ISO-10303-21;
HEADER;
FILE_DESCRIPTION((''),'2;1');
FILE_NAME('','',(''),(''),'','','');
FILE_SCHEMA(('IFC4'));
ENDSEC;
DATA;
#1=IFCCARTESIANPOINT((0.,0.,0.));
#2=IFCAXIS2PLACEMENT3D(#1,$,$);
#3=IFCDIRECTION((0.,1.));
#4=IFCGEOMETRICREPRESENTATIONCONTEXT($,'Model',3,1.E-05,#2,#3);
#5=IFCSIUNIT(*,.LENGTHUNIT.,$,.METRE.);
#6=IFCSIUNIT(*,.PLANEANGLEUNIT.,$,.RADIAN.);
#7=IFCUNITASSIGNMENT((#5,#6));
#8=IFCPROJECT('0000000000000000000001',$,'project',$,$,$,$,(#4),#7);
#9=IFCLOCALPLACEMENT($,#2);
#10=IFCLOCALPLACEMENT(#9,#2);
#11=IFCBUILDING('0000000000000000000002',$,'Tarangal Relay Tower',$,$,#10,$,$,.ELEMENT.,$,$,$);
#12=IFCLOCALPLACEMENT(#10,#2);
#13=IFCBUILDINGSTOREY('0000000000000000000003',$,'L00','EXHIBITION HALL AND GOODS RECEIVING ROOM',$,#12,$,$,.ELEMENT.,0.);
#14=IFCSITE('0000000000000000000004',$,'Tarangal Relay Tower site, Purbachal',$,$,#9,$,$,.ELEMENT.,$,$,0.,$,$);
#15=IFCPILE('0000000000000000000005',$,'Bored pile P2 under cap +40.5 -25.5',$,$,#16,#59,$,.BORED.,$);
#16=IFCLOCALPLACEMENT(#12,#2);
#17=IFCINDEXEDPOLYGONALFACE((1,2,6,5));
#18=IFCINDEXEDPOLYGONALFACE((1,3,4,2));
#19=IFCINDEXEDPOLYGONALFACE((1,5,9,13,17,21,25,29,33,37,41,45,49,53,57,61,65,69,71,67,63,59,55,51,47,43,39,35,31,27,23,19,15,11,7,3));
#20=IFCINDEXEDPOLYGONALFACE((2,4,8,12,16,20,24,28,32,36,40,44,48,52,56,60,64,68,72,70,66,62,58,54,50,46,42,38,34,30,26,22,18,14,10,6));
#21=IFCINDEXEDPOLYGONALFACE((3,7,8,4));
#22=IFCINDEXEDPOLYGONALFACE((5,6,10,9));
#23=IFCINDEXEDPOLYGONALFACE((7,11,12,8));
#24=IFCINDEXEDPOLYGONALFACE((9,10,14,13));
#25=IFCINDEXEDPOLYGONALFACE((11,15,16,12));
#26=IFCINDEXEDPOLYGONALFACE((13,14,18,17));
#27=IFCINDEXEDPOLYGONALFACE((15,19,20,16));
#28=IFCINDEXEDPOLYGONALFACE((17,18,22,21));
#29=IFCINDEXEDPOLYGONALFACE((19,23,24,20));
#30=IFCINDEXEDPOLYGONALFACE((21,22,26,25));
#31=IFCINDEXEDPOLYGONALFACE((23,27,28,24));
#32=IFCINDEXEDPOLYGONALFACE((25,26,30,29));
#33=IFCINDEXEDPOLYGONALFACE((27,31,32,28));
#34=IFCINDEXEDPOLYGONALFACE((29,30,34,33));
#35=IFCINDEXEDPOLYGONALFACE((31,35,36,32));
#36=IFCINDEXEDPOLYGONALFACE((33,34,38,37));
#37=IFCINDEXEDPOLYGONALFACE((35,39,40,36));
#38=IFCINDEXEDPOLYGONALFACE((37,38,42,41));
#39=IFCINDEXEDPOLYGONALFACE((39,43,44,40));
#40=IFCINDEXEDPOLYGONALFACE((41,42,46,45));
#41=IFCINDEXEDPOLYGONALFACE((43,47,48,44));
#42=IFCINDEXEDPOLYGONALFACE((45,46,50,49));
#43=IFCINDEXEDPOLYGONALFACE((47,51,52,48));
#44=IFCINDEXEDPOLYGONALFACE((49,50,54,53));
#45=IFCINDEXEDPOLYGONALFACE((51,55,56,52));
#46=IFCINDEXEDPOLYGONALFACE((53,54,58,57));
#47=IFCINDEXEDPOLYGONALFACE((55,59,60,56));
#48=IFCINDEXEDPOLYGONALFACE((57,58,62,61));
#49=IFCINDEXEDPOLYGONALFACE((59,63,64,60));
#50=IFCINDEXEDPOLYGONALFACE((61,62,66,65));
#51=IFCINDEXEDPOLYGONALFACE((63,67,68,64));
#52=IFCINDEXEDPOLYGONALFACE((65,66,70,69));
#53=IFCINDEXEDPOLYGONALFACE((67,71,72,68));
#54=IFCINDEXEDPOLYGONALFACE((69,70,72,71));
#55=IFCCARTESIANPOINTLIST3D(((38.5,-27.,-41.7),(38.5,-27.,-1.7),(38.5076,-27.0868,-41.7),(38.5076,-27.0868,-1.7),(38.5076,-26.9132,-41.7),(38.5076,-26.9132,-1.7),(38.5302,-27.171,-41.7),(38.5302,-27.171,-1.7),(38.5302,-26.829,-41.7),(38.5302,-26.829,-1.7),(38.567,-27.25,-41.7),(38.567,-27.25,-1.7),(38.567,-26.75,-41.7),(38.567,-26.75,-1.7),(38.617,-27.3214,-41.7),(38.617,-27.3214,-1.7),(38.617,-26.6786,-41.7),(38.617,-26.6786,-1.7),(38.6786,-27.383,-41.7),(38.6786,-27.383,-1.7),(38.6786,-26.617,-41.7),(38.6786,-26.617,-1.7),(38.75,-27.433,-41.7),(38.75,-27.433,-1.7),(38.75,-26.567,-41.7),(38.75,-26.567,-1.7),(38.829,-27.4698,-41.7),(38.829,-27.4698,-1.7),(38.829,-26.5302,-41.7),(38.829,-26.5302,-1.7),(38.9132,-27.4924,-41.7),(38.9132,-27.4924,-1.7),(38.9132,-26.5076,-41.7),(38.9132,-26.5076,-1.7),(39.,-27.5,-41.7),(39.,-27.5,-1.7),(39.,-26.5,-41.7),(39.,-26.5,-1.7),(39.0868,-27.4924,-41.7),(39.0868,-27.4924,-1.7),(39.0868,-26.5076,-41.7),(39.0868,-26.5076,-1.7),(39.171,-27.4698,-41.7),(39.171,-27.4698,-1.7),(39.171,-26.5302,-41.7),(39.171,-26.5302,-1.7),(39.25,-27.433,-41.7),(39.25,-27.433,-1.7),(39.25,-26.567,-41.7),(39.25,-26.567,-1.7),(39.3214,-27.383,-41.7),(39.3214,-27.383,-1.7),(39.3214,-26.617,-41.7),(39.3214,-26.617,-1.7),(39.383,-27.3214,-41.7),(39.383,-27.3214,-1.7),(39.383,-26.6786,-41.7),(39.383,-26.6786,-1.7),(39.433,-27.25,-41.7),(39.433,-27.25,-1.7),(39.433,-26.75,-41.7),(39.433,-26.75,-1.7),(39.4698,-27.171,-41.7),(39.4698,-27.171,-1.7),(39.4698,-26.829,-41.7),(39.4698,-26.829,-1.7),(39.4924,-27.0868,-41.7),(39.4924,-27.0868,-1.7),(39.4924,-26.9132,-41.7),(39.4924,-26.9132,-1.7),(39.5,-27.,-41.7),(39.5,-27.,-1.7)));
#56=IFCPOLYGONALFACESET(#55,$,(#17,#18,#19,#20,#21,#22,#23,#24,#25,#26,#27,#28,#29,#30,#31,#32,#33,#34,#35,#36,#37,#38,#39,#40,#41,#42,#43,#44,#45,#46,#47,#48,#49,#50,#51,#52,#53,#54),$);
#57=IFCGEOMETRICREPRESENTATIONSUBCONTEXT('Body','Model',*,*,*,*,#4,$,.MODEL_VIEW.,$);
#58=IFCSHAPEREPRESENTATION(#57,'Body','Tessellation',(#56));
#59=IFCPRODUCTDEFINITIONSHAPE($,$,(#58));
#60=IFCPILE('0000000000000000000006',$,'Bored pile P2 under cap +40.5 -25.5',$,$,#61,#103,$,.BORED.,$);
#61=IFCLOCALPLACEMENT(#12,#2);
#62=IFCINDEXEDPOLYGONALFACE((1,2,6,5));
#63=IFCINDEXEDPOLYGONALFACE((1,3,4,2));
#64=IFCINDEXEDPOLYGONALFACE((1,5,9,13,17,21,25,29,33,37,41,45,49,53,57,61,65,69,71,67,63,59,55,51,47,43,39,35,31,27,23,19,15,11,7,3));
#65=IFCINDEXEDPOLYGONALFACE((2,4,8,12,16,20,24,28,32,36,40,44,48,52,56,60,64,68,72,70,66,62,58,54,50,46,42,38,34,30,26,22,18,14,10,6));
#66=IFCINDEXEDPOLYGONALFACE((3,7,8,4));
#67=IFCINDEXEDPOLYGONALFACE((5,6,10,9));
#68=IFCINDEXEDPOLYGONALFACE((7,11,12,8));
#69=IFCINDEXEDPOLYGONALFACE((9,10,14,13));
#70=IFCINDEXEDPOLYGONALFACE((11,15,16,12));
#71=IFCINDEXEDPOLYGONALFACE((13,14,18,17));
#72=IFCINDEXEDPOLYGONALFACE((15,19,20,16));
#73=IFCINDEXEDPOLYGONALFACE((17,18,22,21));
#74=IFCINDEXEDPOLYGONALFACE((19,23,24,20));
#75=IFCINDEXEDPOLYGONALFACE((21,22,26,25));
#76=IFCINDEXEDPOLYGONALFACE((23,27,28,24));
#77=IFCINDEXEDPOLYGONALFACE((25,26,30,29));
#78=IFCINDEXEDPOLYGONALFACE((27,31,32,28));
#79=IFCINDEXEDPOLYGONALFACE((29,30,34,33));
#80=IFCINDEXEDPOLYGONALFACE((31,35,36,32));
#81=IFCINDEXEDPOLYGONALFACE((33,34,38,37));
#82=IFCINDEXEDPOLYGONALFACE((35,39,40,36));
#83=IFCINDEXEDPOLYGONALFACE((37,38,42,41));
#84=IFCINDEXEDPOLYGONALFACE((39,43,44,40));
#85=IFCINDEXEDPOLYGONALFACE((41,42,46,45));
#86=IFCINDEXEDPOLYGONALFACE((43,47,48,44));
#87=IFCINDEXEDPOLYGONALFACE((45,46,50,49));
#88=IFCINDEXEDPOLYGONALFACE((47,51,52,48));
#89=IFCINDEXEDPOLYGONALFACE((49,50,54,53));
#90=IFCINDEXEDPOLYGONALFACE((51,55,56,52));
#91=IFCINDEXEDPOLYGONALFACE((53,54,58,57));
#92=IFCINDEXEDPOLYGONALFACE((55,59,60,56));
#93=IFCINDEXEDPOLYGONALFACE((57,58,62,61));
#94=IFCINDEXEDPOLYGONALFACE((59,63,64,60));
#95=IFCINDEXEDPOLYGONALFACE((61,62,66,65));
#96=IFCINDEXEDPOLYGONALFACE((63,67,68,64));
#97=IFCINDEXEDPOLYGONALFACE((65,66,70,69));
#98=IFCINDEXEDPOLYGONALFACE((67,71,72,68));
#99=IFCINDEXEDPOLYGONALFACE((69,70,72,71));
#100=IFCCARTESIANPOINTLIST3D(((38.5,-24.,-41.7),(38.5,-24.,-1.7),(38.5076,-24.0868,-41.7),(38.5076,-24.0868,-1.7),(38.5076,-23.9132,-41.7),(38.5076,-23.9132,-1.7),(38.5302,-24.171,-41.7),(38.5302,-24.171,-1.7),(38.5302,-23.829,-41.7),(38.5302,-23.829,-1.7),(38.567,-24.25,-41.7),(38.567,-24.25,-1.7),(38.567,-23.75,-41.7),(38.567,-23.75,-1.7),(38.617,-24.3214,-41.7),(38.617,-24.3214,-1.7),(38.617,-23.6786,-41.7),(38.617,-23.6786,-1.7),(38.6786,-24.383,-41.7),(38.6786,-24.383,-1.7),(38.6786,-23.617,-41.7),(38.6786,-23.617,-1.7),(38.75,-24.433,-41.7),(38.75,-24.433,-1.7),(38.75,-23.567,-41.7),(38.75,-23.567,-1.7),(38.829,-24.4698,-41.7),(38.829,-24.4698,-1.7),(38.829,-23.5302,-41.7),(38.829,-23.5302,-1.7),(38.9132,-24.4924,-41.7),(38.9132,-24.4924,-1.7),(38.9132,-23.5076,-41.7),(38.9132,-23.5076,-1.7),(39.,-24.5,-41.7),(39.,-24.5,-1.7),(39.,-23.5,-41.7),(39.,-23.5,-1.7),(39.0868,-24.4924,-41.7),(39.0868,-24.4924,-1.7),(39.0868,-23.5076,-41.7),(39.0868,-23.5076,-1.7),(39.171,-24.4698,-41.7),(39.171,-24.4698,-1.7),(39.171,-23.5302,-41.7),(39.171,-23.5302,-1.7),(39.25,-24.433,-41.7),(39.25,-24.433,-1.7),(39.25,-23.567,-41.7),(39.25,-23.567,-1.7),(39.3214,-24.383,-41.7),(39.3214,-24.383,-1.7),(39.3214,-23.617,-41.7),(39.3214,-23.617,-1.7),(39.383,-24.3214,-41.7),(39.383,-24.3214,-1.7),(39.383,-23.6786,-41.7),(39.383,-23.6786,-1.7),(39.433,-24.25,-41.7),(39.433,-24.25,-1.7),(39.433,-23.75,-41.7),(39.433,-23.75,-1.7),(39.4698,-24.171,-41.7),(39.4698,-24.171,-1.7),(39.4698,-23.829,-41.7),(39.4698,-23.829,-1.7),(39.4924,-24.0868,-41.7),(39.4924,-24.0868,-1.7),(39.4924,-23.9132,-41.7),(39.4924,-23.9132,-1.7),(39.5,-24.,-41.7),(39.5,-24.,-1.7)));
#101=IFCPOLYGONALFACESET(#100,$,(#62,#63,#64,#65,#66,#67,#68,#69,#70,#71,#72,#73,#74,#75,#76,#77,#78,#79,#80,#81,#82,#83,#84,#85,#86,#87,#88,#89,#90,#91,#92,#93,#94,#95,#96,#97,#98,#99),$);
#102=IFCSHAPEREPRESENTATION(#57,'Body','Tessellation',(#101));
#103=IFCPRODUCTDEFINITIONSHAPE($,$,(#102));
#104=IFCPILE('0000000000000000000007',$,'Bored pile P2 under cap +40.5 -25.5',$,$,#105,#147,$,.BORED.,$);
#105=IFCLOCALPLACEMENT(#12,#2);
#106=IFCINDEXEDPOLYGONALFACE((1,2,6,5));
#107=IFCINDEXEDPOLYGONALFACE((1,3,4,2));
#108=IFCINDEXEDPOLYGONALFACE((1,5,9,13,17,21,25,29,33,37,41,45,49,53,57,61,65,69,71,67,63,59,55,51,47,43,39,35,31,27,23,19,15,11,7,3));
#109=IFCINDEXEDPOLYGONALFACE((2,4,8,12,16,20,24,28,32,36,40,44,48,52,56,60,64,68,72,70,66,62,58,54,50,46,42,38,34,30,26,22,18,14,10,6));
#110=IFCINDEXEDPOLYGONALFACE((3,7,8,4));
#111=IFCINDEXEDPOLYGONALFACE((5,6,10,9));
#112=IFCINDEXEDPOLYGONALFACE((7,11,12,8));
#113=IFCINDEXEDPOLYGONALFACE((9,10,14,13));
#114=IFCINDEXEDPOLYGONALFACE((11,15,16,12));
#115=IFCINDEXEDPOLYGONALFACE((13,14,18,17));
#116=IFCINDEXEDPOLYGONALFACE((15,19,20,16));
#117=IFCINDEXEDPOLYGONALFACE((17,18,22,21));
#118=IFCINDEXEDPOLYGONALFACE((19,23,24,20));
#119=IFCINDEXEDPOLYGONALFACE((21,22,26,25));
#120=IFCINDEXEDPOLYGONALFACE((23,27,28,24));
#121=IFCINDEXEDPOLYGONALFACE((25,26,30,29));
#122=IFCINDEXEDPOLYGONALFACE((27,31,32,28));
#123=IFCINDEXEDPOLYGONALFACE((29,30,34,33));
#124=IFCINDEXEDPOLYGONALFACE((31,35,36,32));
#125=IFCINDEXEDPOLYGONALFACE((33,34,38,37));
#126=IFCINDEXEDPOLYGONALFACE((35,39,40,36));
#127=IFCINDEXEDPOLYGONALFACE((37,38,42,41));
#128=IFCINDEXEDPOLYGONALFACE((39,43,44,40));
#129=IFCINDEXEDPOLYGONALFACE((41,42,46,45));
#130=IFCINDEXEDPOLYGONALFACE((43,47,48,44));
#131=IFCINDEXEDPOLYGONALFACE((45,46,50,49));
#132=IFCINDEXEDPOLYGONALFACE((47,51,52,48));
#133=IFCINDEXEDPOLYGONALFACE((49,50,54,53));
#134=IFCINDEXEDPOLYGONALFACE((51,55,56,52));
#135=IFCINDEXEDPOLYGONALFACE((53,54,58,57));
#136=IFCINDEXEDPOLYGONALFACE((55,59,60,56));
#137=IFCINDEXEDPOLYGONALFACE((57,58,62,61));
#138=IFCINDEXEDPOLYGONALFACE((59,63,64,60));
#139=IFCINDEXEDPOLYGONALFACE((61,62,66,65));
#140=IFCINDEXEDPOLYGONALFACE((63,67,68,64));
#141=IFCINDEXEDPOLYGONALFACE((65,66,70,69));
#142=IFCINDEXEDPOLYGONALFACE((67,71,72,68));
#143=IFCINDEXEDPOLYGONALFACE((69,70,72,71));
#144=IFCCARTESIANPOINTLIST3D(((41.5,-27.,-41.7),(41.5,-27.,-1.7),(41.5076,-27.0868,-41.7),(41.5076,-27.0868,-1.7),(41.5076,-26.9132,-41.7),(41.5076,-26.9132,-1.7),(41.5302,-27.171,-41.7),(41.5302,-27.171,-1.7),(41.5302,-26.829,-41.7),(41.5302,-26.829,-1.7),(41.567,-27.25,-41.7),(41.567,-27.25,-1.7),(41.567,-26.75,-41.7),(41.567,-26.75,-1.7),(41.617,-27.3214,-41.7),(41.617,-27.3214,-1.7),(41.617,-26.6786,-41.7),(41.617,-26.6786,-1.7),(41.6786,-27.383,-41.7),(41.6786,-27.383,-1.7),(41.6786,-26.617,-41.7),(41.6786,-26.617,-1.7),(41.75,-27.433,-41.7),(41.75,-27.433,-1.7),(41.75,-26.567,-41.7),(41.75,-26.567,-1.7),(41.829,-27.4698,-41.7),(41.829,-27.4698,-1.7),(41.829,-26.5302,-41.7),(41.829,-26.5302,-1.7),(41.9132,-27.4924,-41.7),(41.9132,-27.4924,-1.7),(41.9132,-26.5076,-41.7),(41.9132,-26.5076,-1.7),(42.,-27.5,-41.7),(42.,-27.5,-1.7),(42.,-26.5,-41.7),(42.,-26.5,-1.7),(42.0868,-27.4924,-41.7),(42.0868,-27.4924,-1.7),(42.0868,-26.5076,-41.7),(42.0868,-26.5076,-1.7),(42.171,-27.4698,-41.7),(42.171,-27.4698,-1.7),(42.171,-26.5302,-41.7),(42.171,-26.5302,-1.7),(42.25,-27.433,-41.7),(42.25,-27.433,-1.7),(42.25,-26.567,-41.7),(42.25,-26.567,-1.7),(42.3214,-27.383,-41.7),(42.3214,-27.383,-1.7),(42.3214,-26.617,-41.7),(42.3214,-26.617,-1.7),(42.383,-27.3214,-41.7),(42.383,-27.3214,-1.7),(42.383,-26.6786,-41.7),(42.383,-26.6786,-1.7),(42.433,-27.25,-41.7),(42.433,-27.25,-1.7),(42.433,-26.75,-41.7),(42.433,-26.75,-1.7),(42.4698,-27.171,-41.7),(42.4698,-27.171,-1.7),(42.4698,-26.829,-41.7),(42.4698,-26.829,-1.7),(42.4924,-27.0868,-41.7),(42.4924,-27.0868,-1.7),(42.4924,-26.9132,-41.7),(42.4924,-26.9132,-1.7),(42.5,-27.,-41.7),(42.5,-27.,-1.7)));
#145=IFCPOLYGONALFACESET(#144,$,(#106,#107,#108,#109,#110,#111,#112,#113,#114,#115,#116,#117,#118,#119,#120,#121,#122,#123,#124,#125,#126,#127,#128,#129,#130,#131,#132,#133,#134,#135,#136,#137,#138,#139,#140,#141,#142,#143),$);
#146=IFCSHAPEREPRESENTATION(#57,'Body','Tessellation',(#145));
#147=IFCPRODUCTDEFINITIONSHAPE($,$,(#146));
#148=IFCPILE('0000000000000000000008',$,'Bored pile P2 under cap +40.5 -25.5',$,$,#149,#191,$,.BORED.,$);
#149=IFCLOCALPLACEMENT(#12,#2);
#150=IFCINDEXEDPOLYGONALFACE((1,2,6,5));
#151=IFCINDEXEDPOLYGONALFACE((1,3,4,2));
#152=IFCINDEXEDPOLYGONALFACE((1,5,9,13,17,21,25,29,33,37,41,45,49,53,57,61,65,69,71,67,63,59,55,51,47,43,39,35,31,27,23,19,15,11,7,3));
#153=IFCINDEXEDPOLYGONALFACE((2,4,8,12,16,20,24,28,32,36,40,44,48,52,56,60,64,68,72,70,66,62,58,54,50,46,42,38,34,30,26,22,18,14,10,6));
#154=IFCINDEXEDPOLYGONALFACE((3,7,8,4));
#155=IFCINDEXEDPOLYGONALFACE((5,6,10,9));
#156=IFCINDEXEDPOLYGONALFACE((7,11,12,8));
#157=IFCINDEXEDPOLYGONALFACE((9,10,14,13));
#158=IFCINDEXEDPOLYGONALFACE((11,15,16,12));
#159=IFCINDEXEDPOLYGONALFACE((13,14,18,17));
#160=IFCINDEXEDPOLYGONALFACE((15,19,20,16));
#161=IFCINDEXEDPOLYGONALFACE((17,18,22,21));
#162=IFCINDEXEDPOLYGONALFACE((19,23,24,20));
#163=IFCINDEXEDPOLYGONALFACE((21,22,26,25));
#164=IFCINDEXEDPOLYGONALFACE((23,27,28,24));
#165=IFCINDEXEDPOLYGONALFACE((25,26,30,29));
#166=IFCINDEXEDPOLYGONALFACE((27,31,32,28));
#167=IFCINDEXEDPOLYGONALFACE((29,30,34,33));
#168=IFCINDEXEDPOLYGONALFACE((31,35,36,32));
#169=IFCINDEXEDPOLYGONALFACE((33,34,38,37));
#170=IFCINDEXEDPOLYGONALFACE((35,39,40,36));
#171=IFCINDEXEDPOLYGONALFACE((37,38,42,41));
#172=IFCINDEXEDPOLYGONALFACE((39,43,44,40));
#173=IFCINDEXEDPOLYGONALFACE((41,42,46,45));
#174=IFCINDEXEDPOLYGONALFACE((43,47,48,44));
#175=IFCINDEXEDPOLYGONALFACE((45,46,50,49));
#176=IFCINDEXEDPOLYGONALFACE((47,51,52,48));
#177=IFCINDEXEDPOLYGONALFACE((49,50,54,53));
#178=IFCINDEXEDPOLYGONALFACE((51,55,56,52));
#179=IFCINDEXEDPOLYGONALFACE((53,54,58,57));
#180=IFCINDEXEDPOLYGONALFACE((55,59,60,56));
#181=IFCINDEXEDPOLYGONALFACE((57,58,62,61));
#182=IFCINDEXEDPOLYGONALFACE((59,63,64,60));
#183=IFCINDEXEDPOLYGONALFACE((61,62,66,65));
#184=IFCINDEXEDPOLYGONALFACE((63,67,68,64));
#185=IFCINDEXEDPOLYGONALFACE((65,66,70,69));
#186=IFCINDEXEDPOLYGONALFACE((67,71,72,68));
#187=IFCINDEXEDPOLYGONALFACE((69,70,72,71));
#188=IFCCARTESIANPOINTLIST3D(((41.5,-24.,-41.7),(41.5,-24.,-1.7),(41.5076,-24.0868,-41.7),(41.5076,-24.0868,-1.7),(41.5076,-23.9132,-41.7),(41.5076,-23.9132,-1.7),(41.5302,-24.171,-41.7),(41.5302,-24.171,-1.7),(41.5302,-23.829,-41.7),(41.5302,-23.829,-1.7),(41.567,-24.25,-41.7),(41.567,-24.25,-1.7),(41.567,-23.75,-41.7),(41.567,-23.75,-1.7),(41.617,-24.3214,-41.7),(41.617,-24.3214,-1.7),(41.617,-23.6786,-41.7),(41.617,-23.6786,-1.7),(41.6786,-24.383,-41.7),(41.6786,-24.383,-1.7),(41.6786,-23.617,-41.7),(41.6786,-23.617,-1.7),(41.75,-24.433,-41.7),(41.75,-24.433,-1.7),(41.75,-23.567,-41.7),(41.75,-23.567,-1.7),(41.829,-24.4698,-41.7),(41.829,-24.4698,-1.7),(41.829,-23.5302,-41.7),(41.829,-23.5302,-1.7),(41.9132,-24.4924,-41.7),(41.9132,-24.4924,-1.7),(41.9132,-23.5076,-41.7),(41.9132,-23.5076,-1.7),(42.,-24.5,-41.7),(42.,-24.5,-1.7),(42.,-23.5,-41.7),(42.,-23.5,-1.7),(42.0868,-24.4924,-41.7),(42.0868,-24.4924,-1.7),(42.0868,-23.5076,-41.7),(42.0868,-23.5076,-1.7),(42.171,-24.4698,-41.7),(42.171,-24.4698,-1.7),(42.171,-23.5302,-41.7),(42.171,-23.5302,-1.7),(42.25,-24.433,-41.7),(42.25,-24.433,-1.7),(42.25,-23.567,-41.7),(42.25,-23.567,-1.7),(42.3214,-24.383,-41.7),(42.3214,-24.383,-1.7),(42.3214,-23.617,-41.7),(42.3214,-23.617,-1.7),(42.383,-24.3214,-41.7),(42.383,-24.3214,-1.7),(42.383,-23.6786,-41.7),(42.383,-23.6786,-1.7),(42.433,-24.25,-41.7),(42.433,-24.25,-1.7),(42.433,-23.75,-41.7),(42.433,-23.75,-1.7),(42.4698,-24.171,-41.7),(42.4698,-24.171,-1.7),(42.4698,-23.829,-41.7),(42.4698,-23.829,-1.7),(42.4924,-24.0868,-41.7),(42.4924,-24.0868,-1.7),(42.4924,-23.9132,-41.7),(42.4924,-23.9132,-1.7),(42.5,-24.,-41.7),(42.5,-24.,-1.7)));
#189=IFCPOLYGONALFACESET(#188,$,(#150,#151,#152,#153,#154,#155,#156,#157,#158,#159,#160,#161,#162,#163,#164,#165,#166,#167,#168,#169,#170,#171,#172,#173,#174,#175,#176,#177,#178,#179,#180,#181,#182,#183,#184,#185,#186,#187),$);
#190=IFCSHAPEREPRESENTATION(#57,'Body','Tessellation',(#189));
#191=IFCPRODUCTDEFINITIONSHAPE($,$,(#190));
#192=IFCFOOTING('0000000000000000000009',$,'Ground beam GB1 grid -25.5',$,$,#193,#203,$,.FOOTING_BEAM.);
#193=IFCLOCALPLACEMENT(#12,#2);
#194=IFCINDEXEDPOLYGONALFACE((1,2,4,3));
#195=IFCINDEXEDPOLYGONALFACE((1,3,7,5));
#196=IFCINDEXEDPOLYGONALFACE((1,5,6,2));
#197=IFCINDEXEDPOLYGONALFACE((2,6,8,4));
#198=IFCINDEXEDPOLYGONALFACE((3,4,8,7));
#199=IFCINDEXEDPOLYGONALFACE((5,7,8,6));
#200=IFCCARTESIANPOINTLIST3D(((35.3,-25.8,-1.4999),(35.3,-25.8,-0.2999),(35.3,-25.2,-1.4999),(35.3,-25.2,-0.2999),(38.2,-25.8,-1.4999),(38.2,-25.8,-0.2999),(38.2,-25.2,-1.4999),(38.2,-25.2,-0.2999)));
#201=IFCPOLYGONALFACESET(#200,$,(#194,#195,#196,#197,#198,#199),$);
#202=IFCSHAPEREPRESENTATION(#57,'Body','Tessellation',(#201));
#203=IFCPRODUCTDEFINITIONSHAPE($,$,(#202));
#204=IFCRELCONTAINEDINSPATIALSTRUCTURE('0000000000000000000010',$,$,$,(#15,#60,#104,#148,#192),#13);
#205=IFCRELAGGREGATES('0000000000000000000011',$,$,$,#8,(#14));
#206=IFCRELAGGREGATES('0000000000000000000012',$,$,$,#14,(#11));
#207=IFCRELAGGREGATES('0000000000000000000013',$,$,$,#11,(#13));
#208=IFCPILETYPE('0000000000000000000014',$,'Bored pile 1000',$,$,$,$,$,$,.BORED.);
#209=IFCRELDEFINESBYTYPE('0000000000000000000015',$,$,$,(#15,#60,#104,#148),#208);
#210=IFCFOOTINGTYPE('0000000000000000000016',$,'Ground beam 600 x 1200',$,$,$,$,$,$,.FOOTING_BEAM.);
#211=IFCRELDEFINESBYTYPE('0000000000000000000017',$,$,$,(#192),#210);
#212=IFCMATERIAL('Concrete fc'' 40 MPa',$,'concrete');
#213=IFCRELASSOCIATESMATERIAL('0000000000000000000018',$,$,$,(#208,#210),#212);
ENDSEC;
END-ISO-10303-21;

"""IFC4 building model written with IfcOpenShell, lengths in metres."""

from ifc_helpers import new_model, si_unit, direction, frame, origin, origin_2d, place, context, subcontext, project, spatial, rectangle, circle, extrude, material, material_profile, profile_set, type_object, element, save


model = new_model("IFC4")

# Units and contexts
model_context = context("Model", 3, precision=1e-05, world=origin(), true_north=direction((0.0, 1.0)))
body_context = subcontext(model_context, "Body", "Model", "MODEL_VIEW")
ifc_project = project(units=[si_unit("LENGTHUNIT", "METRE"), si_unit("PLANEANGLEUNIT", "RADIAN")], contexts=[model_context])

# Site, building, storey
site_placement = place(None, origin())
site = spatial("IfcSite", under=ifc_project, at=site_placement, Name="Tarangal Relay Tower site, Purbachal", CompositionType="ELEMENT", RefElevation=0.0)
building_placement = place(site_placement, origin())
building = spatial("IfcBuilding", under=site, at=building_placement, Name="Tarangal Relay Tower", CompositionType="ELEMENT")
storey_placement = place(building_placement, origin())
storey = spatial("IfcBuildingStorey", under=building, at=storey_placement, Name="L00", Description="EXHIBITION HALL AND GOODS RECEIVING ROOM", CompositionType="ELEMENT", Elevation=0.0)

# Piles
ifc_material_1 = material(Name="Concrete fc' 40 MPa", Category="concrete")
ifc_material_profile_1 = material_profile(ifc_material_1, circle(Radius=0.5, at=origin_2d()), Name="D1000")
ifc_profile_set_1 = profile_set([ifc_material_profile_1], Name="Concrete fc' 40 MPa")
pile_type = type_object("IfcPileType", Name="Bored pile 1000", PredefinedType="BORED", material=ifc_profile_set_1)
for number, where, z_axis, x_axis, name in (
    (1, (39.0, -27.0, -1.7), (0.0, 0.0, -1.0), (1.0, 0.0, 0.0), "Bored pile P2 under cap +40.5 -25.5"),
    (2, (39.0, -24.0, -1.7), (0.0, 0.0, -1.0), (1.0, 0.0, 0.0), "Bored pile P2 under cap +40.5 -25.5"),
    (3, (42.0, -27.0, -1.7), (0.0, 0.0, -1.0), (1.0, 0.0, 0.0), "Bored pile P2 under cap +40.5 -25.5"),
    (4, (42.0, -24.0, -1.7), (0.0, 0.0, -1.0), (1.0, 0.0, 0.0), "Bored pile P2 under cap +40.5 -25.5"),
):
    element("IfcPile", number, at=place(storey_placement, frame(where, z_axis=z_axis, x_axis=x_axis)), inside=storey, type_object=pile_type, Name=name, PredefinedType="BORED", context=body_context, shape_type="SweptSolid", body=[
        extrude(circle(Radius=0.5, at=origin_2d()), origin(), (0.0, 0.0, 1.0), 40.0),
    ])

# Footing
ifc_material_profile_2 = material_profile(ifc_material_1, rectangle(XDim=0.6001, YDim=1.2, at=origin_2d()), Name="GB 600X1200")
ifc_profile_set_2 = profile_set([ifc_material_profile_2], Name="Concrete fc' 40 MPa")
footing_type_1 = type_object("IfcFootingType", Name="Ground beam 600 x 1200", PredefinedType="FOOTING_BEAM", material=ifc_profile_set_2)
footing_1_placement = place(storey_placement, frame((35.3, -25.5, -0.8999), z_axis=(1.0, 0.0, 0.0), x_axis=(0.0, 1.0, 0.0)))
element("IfcFooting", 5, at=footing_1_placement, inside=storey, type_object=footing_type_1, Name="Ground beam GB1 grid -25.5", PredefinedType="FOOTING_BEAM", context=body_context, shape_type="SweptSolid", body=[
    extrude(rectangle(XDim=0.6001, YDim=1.2, at=origin_2d()), origin(), (0.0, 0.0, 1.0), 2.8999),
])

save(model, "model.ifc")
